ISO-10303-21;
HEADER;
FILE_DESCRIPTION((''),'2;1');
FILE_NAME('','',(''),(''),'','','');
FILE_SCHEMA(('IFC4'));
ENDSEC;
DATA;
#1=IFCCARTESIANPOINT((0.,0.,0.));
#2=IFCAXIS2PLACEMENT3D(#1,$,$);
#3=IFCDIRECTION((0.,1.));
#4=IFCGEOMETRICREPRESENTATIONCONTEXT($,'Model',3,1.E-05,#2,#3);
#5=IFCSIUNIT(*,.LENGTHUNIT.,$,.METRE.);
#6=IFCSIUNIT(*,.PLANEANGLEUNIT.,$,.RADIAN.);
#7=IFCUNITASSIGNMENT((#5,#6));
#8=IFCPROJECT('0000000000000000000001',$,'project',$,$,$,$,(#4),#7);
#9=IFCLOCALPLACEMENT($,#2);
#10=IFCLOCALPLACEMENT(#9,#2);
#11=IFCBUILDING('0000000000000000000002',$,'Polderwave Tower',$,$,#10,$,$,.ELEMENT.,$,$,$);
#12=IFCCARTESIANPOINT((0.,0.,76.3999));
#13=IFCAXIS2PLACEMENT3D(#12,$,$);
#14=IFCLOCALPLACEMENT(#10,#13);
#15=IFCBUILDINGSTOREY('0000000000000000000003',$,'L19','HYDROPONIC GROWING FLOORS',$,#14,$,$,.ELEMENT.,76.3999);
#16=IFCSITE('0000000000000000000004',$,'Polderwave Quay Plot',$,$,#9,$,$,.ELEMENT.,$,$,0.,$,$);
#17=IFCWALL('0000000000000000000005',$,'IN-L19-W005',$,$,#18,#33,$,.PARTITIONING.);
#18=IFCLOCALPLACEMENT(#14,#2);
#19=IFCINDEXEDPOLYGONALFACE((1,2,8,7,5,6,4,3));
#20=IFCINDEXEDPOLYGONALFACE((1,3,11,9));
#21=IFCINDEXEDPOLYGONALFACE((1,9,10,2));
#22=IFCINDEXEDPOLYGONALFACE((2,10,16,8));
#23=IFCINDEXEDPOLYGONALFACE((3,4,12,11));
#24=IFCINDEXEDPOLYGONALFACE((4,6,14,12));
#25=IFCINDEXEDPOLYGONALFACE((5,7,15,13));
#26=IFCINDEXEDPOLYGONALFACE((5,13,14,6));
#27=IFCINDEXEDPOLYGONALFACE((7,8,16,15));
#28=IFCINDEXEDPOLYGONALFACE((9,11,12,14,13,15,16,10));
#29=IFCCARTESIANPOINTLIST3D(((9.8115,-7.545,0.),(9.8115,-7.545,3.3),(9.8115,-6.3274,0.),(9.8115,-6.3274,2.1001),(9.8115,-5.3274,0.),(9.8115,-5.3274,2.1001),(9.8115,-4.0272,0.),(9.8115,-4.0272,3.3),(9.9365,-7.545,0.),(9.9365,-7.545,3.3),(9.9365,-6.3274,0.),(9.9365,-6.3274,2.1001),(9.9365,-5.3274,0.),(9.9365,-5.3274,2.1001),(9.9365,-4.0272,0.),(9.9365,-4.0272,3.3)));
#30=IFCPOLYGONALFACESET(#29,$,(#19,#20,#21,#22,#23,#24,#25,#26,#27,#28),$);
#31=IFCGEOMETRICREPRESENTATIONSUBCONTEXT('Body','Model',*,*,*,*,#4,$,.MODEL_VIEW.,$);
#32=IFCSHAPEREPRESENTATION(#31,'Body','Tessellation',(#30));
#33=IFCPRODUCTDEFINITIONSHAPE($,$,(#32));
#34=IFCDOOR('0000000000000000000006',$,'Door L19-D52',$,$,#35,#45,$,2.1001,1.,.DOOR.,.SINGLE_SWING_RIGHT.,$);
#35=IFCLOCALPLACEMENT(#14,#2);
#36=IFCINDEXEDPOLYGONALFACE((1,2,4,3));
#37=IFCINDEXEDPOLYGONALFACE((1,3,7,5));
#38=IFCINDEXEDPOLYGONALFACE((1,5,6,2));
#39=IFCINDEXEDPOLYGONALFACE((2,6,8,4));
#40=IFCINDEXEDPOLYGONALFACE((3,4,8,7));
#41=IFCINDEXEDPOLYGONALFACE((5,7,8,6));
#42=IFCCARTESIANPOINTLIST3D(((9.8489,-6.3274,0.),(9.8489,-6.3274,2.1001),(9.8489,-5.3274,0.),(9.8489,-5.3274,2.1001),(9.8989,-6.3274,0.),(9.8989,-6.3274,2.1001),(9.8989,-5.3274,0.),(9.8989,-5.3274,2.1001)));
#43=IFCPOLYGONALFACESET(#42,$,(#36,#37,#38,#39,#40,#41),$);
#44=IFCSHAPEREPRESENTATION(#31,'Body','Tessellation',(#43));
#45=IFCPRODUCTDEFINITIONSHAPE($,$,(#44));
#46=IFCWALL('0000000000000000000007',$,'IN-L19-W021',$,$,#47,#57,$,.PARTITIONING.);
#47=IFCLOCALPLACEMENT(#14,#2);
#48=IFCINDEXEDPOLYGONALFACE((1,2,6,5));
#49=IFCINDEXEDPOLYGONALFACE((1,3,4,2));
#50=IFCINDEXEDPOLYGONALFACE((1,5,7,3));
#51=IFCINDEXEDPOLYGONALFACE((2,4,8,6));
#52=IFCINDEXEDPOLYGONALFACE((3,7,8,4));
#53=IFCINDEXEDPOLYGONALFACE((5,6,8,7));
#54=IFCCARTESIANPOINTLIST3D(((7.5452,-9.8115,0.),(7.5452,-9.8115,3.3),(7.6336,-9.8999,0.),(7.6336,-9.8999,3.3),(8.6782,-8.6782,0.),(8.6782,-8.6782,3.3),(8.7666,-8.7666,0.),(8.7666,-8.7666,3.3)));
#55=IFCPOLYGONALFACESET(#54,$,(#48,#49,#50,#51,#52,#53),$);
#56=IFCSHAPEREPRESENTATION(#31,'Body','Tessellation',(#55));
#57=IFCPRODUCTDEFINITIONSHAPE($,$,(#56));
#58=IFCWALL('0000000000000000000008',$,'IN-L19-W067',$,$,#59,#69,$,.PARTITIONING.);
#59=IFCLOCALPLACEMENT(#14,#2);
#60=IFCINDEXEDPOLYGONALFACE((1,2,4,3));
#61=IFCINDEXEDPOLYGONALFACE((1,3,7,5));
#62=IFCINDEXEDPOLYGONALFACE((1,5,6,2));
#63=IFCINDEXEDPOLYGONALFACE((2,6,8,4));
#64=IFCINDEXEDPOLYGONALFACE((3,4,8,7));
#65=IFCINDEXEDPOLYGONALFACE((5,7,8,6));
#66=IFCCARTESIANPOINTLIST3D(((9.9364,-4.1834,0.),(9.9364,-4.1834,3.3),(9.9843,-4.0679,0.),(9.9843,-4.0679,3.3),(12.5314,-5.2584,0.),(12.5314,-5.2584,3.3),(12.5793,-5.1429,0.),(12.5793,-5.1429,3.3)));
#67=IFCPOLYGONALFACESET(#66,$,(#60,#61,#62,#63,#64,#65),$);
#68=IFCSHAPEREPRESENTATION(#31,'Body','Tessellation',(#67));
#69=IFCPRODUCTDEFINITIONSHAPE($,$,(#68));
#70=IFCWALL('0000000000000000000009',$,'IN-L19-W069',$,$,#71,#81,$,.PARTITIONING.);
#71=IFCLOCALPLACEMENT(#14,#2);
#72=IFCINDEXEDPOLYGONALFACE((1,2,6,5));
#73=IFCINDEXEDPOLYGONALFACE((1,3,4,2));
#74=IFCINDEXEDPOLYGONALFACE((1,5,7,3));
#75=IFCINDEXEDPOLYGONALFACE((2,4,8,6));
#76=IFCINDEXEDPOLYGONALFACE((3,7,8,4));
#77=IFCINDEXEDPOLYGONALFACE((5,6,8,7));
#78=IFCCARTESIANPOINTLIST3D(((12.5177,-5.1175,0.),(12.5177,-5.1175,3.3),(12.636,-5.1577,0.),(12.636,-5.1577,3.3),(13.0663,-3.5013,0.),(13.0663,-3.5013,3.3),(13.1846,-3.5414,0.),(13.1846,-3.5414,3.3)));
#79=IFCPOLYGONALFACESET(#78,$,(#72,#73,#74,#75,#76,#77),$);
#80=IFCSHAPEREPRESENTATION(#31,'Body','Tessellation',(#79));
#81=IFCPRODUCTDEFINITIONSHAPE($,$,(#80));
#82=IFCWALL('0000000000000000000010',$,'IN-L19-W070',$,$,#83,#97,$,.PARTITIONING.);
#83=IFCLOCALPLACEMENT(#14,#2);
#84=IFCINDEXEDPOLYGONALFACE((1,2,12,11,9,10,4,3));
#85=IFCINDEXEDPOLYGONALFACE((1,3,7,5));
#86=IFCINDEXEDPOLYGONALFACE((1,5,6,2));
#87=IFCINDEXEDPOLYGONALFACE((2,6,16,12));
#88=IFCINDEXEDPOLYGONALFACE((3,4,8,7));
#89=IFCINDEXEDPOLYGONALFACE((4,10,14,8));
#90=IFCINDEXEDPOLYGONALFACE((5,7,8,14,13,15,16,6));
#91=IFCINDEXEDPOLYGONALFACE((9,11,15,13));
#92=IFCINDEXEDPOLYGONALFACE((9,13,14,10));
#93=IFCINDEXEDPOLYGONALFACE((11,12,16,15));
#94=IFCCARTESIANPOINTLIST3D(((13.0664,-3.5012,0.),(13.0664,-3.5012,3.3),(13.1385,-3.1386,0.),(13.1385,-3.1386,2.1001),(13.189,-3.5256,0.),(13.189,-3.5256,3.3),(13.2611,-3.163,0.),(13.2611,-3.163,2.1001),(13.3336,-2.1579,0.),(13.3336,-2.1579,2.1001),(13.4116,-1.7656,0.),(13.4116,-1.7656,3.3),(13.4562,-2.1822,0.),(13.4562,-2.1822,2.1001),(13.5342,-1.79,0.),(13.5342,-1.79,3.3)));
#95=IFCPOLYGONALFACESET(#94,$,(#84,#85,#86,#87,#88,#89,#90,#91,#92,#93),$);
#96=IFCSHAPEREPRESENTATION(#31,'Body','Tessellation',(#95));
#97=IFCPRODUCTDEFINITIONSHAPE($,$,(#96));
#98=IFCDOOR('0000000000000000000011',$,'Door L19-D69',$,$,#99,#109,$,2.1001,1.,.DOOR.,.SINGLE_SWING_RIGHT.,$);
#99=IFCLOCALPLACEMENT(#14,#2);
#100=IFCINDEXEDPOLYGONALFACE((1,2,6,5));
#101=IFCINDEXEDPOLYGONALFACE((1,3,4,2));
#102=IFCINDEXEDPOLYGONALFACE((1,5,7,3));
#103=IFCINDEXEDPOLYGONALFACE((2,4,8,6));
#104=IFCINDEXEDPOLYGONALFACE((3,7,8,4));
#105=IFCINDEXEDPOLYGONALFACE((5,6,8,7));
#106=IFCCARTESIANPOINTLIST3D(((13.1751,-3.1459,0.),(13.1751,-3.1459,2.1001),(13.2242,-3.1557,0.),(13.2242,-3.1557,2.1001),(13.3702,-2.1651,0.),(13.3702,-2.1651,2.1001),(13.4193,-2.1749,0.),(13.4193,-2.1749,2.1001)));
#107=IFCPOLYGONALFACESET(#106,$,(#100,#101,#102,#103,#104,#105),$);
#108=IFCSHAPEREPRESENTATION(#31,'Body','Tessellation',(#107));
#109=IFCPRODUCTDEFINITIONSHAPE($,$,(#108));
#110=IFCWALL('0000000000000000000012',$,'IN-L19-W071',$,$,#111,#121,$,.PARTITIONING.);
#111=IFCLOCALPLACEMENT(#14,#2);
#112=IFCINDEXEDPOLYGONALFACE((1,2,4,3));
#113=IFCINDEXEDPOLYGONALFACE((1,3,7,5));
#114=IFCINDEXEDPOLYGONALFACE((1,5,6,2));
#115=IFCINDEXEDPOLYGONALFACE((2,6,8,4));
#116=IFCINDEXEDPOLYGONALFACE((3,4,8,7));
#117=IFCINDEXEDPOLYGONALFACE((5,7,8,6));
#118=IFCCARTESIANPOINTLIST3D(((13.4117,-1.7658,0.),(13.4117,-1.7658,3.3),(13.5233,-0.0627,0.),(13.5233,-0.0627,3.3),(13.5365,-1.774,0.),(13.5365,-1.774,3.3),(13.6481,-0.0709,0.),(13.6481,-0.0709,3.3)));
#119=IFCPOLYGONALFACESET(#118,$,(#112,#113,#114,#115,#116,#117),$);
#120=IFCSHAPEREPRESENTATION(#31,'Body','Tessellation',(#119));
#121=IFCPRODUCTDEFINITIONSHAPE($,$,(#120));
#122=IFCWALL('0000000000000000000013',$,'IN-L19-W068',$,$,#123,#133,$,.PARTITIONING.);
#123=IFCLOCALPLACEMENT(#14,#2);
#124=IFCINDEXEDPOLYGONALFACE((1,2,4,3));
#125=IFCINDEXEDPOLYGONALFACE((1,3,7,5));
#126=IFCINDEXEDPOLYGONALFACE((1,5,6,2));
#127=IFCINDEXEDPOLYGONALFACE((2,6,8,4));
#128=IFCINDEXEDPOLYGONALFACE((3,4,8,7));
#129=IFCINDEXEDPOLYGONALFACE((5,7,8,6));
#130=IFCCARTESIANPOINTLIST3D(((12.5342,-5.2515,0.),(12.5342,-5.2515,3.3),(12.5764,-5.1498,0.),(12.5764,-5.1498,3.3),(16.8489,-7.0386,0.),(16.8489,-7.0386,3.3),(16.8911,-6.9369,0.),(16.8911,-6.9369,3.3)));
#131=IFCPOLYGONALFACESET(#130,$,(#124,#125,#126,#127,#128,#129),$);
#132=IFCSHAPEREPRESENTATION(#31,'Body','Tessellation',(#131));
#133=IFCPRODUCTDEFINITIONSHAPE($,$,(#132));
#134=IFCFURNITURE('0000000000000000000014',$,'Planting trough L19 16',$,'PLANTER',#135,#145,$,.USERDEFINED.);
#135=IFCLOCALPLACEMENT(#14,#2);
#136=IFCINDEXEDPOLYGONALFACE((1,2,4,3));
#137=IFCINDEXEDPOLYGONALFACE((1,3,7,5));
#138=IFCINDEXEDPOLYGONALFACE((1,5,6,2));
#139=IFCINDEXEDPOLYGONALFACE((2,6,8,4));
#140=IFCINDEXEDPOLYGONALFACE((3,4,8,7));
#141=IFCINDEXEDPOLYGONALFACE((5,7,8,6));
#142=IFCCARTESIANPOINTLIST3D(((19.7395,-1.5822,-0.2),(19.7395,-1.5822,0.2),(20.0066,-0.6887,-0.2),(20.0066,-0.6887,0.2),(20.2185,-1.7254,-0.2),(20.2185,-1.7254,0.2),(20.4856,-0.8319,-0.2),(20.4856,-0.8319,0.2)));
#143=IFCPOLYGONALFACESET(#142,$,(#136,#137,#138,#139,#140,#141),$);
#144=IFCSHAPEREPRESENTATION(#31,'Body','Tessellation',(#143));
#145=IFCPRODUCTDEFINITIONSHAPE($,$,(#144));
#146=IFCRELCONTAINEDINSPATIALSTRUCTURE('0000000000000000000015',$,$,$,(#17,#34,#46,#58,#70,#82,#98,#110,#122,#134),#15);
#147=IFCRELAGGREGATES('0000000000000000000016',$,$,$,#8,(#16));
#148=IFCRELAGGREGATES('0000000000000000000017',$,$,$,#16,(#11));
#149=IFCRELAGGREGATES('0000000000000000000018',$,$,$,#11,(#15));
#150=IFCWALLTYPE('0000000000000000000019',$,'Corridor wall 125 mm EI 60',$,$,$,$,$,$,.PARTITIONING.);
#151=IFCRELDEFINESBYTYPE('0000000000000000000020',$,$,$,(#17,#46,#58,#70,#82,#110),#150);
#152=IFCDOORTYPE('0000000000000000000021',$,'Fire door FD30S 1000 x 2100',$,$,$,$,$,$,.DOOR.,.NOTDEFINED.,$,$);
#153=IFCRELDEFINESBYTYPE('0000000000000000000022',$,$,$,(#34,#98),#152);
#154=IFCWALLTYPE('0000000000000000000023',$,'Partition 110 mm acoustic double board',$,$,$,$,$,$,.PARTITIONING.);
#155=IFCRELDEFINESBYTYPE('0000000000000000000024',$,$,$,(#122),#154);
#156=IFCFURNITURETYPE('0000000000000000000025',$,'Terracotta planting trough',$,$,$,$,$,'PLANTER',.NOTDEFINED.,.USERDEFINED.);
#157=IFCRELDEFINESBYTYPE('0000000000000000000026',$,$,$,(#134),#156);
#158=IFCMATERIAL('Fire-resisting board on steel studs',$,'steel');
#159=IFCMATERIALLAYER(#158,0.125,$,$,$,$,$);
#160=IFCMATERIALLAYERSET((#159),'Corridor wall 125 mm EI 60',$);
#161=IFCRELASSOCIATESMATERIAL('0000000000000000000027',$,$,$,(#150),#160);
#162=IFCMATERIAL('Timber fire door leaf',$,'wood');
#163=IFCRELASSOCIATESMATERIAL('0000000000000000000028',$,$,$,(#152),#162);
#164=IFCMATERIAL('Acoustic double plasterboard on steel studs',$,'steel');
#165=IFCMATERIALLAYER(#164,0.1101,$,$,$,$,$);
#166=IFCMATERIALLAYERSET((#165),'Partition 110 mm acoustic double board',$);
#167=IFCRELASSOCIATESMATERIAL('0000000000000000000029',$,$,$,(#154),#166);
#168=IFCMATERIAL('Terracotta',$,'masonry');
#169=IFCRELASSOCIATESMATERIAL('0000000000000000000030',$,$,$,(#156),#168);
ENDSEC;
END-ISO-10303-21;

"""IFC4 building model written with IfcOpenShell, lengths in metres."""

from ifc_helpers import new_model, si_unit, direction, frame, frame_2d, origin, origin_2d, place, context, subcontext, project, spatial, rectangle, extrude, material, layer, layer_set, type_object, element, fill, save


model = new_model("IFC4")

# Units and contexts
model_context = context("Model", 3, precision=1e-05, world=origin(), true_north=direction((0.0, 1.0)))
body_context = subcontext(model_context, "Body", "Model", "MODEL_VIEW")
ifc_project = project(units=[si_unit("LENGTHUNIT", "METRE"), si_unit("PLANEANGLEUNIT", "RADIAN")], contexts=[model_context])

# Site, building, storey
site_placement = place(None, origin())
site = spatial("IfcSite", under=ifc_project, at=site_placement, Name="Polderwave Quay Plot", CompositionType="ELEMENT", RefElevation=0.0)
building_placement = place(site_placement, origin())
building = spatial("IfcBuilding", under=site, at=building_placement, Name="Polderwave Tower", CompositionType="ELEMENT")
storey_placement = place(building_placement, frame((0.0, 0.0, 76.3999)))
storey = spatial("IfcBuildingStorey", under=building, at=storey_placement, Name="L19", Description="HYDROPONIC GROWING FLOORS", CompositionType="ELEMENT", Elevation=76.3999)

# Shared definitions
ifc_material_1 = material(Name="Fire-resisting board on steel studs", Category="steel")
ifc_layer_1 = layer(ifc_material_1, 0.125)
ifc_layer_set_1 = layer_set([ifc_layer_1], Name="Corridor wall 125 mm EI 60")
wall_type_1 = type_object("IfcWallType", Name="Corridor wall 125 mm EI 60", PredefinedType="PARTITIONING", material=ifc_layer_set_1)

# Wall, opening, door
wall_1_placement = place(storey_placement, frame((9.874, -4.0273, 0.0), z_axis=(0.0, 0.0, 1.0), x_axis=(0.0, -1.0, 0.0)))
wall_1 = element("IfcWall", 1, at=wall_1_placement, inside=storey, type_object=wall_type_1, Name="IN-L19-W005", PredefinedType="PARTITIONING", context=body_context, shape_type="SweptSolid", body=[
    extrude(rectangle(XDim=3.5178, YDim=0.125, at=frame_2d((1.7588, 0.0))), origin(), (0.0, 0.0, 1.0), 3.3),
])
opening_1_placement = place(wall_1_placement, frame((1.3, 0.0, 0.0)))
opening_1 = element("IfcOpeningElement", 2, at=opening_1_placement, cuts=wall_1, PredefinedType="OPENING", context=body_context, shape_type="SweptSolid", body=[
    extrude(rectangle(XDim=1.0, YDim=2.1001, at=frame_2d((0.5, 1.05))), frame((0.0, 0.0725, 0.0), z_axis=(0.0, -1.0, 0.0), x_axis=(1.0, 0.0, 0.0)), (0.0, 0.0, 1.0), 0.145),
])
ifc_material_2 = material(Name="Timber fire door leaf", Category="wood")
door_type = type_object("IfcDoorType", Name="Fire door FD30S 1000 x 2100", OperationType="NOTDEFINED", PredefinedType="DOOR", material=ifc_material_2)
door_1_placement = place(opening_1_placement, origin())
door_1 = element("IfcDoor", 3, at=door_1_placement, inside=storey, type_object=door_type, Name="Door L19-D52", OperationType="SINGLE_SWING_RIGHT", OverallHeight=2.1001, OverallWidth=1.0, PredefinedType="DOOR", context=body_context, shape_type="SweptSolid", body=[
    extrude(rectangle(XDim=1.0, YDim=2.1001, at=frame_2d((0.5, 1.05))), frame((0.0, 0.0249, 0.0), z_axis=(0.0, -1.0, 0.0), x_axis=(1.0, 0.0, 0.0)), (0.0, 0.0, 1.0), 0.05),
])
fill(opening_1, door_1)

# Walls
wall_2_placement = place(storey_placement, frame((8.7224, -8.7224, 0.0), z_axis=(0.0, 0.0, 1.0), x_axis=(-0.707031, -0.707183, 0.0)))
element("IfcWall", 4, at=wall_2_placement, inside=storey, type_object=wall_type_1, Name="IN-L19-W021", PredefinedType="PARTITIONING", context=body_context, shape_type="SweptSolid", body=[
    extrude(rectangle(XDim=1.6025, YDim=0.125, at=frame_2d((0.8013, 0.0))), origin(), (0.0, 0.0, 1.0), 3.3),
])
wall_3_placement = place(storey_placement, frame((9.9604, -4.1257, 0.0), z_axis=(0.0, 0.0, 1.0), x_axis=(0.92387, -0.382707, 0.0)))
element("IfcWall", 5, at=wall_3_placement, inside=storey, type_object=wall_type_1, Name="IN-L19-W067", PredefinedType="PARTITIONING", context=body_context, shape_type="SweptSolid", body=[
    extrude(rectangle(XDim=2.8088, YDim=0.125, at=frame_2d((1.4043, 0.0))), origin(), (0.0, 0.0, 1.0), 3.3),
])
wall_4_placement = place(storey_placement, frame((13.1255, -3.5212, 0.0), z_axis=(0.0, 0.0, 1.0), x_axis=(-0.321415, -0.946938, 0.0)))
element("IfcWall", 6, at=wall_4_placement, inside=storey, type_object=wall_type_1, Name="IN-L19-W069", PredefinedType="PARTITIONING", context=body_context, shape_type="SweptSolid", body=[
    extrude(rectangle(XDim=1.7068, YDim=0.125, at=frame_2d((0.8535, 0.0))), origin(), (0.0, 0.0, 1.0), 3.3),
])

# Wall, opening, door
wall_5_placement = place(storey_placement, frame((13.4729, -1.7778, 0.0), z_axis=(0.0, 0.0, 1.0), x_axis=(-0.195081, -0.980787, 0.0)))
wall_5 = element("IfcWall", 7, at=wall_5_placement, inside=storey, type_object=wall_type_1, Name="IN-L19-W070", PredefinedType="PARTITIONING", context=body_context, shape_type="SweptSolid", body=[
    extrude(rectangle(XDim=1.7695, YDim=0.125, at=frame_2d((0.8848, 0.0))), origin(), (0.0, 0.0, 1.0), 3.3),
])
opening_2_placement = place(wall_5_placement, frame((0.3999, 0.0, 0.0)))
opening_2 = element("IfcOpeningElement", 8, at=opening_2_placement, cuts=wall_5, PredefinedType="OPENING", context=body_context, shape_type="SweptSolid", body=[
    extrude(rectangle(XDim=1.0, YDim=2.1001, at=frame_2d((0.5, 1.05))), frame((0.0, 0.0725, 0.0), z_axis=(0.0, -1.0, 0.0), x_axis=(1.0, 0.0, 0.0)), (0.0, 0.0, 1.0), 0.145),
])
door_2_placement = place(opening_2_placement, origin())
door_2 = element("IfcDoor", 9, at=door_2_placement, inside=storey, type_object=door_type, Name="Door L19-D69", OperationType="SINGLE_SWING_RIGHT", OverallHeight=2.1001, OverallWidth=1.0, PredefinedType="DOOR", context=body_context, shape_type="SweptSolid", body=[
    extrude(rectangle(XDim=1.0, YDim=2.1001, at=frame_2d((0.5, 1.05))), frame((0.0, 0.0249, 0.0), z_axis=(0.0, -1.0, 0.0), x_axis=(1.0, 0.0, 0.0)), (0.0, 0.0, 1.0), 0.05),
])
fill(opening_2, door_2)

# Walls
wall_6_placement = place(storey_placement, frame((13.5857, -0.0667, 0.0), z_axis=(0.0, 0.0, 1.0), x_axis=(-0.06537, -0.997861, 0.0)))
element("IfcWall", 10, at=wall_6_placement, inside=storey, type_object=wall_type_1, Name="IN-L19-W071", PredefinedType="PARTITIONING", context=body_context, shape_type="SweptSolid", body=[
    extrude(rectangle(XDim=1.7068, YDim=0.125, at=frame_2d((0.8535, 0.0))), origin(), (0.0, 0.0, 1.0), 3.3),
])
ifc_material_3 = material(Name="Acoustic double plasterboard on steel studs", Category="steel")
ifc_layer_2 = layer(ifc_material_3, 0.1101)
ifc_layer_set_2 = layer_set([ifc_layer_2], Name="Partition 110 mm acoustic double board")
wall_type_2 = type_object("IfcWallType", Name="Partition 110 mm acoustic double board", PredefinedType="PARTITIONING", material=ifc_layer_set_2)
wall_7_placement = place(storey_placement, frame((12.5554, -5.2007, 0.0), z_axis=(0.0, 0.0, 1.0), x_axis=(0.923887, -0.382666, 0.0)))
element("IfcWall", 11, at=wall_7_placement, inside=storey, type_object=wall_type_2, Name="IN-L19-W068", PredefinedType="PARTITIONING", context=body_context, shape_type="SweptSolid", body=[
    extrude(rectangle(XDim=4.6702, YDim=0.1101, at=frame_2d((2.335, 0.0))), origin(), (0.0, 0.0, 1.0), 3.3),
])

# Furniture
ifc_material_4 = material(Name="Terracotta", Category="masonry")
furniture_type = type_object("IfcFurnitureType", Name="Terracotta planting trough", ElementType="PLANTER", AssemblyPlace="NOTDEFINED", PredefinedType="USERDEFINED", material=ifc_material_4)
furniture_placement = place(storey_placement, frame((20.1125, -1.207, -0.2), z_axis=(0.0, 0.0, 1.0), x_axis=(0.286424, 0.958103, 0.0)))
element("IfcFurniture", 12, at=furniture_placement, inside=storey, type_object=furniture_type, Name="Planting trough L19 16", ObjectType="PLANTER", PredefinedType="USERDEFINED", context=body_context, shape_type="SweptSolid", body=[
    extrude(rectangle(XDim=0.9326, YDim=0.5, at=origin_2d()), origin(), (0.0, 0.0, 1.0), 0.3999),
])

save(model, "model.ifc")
